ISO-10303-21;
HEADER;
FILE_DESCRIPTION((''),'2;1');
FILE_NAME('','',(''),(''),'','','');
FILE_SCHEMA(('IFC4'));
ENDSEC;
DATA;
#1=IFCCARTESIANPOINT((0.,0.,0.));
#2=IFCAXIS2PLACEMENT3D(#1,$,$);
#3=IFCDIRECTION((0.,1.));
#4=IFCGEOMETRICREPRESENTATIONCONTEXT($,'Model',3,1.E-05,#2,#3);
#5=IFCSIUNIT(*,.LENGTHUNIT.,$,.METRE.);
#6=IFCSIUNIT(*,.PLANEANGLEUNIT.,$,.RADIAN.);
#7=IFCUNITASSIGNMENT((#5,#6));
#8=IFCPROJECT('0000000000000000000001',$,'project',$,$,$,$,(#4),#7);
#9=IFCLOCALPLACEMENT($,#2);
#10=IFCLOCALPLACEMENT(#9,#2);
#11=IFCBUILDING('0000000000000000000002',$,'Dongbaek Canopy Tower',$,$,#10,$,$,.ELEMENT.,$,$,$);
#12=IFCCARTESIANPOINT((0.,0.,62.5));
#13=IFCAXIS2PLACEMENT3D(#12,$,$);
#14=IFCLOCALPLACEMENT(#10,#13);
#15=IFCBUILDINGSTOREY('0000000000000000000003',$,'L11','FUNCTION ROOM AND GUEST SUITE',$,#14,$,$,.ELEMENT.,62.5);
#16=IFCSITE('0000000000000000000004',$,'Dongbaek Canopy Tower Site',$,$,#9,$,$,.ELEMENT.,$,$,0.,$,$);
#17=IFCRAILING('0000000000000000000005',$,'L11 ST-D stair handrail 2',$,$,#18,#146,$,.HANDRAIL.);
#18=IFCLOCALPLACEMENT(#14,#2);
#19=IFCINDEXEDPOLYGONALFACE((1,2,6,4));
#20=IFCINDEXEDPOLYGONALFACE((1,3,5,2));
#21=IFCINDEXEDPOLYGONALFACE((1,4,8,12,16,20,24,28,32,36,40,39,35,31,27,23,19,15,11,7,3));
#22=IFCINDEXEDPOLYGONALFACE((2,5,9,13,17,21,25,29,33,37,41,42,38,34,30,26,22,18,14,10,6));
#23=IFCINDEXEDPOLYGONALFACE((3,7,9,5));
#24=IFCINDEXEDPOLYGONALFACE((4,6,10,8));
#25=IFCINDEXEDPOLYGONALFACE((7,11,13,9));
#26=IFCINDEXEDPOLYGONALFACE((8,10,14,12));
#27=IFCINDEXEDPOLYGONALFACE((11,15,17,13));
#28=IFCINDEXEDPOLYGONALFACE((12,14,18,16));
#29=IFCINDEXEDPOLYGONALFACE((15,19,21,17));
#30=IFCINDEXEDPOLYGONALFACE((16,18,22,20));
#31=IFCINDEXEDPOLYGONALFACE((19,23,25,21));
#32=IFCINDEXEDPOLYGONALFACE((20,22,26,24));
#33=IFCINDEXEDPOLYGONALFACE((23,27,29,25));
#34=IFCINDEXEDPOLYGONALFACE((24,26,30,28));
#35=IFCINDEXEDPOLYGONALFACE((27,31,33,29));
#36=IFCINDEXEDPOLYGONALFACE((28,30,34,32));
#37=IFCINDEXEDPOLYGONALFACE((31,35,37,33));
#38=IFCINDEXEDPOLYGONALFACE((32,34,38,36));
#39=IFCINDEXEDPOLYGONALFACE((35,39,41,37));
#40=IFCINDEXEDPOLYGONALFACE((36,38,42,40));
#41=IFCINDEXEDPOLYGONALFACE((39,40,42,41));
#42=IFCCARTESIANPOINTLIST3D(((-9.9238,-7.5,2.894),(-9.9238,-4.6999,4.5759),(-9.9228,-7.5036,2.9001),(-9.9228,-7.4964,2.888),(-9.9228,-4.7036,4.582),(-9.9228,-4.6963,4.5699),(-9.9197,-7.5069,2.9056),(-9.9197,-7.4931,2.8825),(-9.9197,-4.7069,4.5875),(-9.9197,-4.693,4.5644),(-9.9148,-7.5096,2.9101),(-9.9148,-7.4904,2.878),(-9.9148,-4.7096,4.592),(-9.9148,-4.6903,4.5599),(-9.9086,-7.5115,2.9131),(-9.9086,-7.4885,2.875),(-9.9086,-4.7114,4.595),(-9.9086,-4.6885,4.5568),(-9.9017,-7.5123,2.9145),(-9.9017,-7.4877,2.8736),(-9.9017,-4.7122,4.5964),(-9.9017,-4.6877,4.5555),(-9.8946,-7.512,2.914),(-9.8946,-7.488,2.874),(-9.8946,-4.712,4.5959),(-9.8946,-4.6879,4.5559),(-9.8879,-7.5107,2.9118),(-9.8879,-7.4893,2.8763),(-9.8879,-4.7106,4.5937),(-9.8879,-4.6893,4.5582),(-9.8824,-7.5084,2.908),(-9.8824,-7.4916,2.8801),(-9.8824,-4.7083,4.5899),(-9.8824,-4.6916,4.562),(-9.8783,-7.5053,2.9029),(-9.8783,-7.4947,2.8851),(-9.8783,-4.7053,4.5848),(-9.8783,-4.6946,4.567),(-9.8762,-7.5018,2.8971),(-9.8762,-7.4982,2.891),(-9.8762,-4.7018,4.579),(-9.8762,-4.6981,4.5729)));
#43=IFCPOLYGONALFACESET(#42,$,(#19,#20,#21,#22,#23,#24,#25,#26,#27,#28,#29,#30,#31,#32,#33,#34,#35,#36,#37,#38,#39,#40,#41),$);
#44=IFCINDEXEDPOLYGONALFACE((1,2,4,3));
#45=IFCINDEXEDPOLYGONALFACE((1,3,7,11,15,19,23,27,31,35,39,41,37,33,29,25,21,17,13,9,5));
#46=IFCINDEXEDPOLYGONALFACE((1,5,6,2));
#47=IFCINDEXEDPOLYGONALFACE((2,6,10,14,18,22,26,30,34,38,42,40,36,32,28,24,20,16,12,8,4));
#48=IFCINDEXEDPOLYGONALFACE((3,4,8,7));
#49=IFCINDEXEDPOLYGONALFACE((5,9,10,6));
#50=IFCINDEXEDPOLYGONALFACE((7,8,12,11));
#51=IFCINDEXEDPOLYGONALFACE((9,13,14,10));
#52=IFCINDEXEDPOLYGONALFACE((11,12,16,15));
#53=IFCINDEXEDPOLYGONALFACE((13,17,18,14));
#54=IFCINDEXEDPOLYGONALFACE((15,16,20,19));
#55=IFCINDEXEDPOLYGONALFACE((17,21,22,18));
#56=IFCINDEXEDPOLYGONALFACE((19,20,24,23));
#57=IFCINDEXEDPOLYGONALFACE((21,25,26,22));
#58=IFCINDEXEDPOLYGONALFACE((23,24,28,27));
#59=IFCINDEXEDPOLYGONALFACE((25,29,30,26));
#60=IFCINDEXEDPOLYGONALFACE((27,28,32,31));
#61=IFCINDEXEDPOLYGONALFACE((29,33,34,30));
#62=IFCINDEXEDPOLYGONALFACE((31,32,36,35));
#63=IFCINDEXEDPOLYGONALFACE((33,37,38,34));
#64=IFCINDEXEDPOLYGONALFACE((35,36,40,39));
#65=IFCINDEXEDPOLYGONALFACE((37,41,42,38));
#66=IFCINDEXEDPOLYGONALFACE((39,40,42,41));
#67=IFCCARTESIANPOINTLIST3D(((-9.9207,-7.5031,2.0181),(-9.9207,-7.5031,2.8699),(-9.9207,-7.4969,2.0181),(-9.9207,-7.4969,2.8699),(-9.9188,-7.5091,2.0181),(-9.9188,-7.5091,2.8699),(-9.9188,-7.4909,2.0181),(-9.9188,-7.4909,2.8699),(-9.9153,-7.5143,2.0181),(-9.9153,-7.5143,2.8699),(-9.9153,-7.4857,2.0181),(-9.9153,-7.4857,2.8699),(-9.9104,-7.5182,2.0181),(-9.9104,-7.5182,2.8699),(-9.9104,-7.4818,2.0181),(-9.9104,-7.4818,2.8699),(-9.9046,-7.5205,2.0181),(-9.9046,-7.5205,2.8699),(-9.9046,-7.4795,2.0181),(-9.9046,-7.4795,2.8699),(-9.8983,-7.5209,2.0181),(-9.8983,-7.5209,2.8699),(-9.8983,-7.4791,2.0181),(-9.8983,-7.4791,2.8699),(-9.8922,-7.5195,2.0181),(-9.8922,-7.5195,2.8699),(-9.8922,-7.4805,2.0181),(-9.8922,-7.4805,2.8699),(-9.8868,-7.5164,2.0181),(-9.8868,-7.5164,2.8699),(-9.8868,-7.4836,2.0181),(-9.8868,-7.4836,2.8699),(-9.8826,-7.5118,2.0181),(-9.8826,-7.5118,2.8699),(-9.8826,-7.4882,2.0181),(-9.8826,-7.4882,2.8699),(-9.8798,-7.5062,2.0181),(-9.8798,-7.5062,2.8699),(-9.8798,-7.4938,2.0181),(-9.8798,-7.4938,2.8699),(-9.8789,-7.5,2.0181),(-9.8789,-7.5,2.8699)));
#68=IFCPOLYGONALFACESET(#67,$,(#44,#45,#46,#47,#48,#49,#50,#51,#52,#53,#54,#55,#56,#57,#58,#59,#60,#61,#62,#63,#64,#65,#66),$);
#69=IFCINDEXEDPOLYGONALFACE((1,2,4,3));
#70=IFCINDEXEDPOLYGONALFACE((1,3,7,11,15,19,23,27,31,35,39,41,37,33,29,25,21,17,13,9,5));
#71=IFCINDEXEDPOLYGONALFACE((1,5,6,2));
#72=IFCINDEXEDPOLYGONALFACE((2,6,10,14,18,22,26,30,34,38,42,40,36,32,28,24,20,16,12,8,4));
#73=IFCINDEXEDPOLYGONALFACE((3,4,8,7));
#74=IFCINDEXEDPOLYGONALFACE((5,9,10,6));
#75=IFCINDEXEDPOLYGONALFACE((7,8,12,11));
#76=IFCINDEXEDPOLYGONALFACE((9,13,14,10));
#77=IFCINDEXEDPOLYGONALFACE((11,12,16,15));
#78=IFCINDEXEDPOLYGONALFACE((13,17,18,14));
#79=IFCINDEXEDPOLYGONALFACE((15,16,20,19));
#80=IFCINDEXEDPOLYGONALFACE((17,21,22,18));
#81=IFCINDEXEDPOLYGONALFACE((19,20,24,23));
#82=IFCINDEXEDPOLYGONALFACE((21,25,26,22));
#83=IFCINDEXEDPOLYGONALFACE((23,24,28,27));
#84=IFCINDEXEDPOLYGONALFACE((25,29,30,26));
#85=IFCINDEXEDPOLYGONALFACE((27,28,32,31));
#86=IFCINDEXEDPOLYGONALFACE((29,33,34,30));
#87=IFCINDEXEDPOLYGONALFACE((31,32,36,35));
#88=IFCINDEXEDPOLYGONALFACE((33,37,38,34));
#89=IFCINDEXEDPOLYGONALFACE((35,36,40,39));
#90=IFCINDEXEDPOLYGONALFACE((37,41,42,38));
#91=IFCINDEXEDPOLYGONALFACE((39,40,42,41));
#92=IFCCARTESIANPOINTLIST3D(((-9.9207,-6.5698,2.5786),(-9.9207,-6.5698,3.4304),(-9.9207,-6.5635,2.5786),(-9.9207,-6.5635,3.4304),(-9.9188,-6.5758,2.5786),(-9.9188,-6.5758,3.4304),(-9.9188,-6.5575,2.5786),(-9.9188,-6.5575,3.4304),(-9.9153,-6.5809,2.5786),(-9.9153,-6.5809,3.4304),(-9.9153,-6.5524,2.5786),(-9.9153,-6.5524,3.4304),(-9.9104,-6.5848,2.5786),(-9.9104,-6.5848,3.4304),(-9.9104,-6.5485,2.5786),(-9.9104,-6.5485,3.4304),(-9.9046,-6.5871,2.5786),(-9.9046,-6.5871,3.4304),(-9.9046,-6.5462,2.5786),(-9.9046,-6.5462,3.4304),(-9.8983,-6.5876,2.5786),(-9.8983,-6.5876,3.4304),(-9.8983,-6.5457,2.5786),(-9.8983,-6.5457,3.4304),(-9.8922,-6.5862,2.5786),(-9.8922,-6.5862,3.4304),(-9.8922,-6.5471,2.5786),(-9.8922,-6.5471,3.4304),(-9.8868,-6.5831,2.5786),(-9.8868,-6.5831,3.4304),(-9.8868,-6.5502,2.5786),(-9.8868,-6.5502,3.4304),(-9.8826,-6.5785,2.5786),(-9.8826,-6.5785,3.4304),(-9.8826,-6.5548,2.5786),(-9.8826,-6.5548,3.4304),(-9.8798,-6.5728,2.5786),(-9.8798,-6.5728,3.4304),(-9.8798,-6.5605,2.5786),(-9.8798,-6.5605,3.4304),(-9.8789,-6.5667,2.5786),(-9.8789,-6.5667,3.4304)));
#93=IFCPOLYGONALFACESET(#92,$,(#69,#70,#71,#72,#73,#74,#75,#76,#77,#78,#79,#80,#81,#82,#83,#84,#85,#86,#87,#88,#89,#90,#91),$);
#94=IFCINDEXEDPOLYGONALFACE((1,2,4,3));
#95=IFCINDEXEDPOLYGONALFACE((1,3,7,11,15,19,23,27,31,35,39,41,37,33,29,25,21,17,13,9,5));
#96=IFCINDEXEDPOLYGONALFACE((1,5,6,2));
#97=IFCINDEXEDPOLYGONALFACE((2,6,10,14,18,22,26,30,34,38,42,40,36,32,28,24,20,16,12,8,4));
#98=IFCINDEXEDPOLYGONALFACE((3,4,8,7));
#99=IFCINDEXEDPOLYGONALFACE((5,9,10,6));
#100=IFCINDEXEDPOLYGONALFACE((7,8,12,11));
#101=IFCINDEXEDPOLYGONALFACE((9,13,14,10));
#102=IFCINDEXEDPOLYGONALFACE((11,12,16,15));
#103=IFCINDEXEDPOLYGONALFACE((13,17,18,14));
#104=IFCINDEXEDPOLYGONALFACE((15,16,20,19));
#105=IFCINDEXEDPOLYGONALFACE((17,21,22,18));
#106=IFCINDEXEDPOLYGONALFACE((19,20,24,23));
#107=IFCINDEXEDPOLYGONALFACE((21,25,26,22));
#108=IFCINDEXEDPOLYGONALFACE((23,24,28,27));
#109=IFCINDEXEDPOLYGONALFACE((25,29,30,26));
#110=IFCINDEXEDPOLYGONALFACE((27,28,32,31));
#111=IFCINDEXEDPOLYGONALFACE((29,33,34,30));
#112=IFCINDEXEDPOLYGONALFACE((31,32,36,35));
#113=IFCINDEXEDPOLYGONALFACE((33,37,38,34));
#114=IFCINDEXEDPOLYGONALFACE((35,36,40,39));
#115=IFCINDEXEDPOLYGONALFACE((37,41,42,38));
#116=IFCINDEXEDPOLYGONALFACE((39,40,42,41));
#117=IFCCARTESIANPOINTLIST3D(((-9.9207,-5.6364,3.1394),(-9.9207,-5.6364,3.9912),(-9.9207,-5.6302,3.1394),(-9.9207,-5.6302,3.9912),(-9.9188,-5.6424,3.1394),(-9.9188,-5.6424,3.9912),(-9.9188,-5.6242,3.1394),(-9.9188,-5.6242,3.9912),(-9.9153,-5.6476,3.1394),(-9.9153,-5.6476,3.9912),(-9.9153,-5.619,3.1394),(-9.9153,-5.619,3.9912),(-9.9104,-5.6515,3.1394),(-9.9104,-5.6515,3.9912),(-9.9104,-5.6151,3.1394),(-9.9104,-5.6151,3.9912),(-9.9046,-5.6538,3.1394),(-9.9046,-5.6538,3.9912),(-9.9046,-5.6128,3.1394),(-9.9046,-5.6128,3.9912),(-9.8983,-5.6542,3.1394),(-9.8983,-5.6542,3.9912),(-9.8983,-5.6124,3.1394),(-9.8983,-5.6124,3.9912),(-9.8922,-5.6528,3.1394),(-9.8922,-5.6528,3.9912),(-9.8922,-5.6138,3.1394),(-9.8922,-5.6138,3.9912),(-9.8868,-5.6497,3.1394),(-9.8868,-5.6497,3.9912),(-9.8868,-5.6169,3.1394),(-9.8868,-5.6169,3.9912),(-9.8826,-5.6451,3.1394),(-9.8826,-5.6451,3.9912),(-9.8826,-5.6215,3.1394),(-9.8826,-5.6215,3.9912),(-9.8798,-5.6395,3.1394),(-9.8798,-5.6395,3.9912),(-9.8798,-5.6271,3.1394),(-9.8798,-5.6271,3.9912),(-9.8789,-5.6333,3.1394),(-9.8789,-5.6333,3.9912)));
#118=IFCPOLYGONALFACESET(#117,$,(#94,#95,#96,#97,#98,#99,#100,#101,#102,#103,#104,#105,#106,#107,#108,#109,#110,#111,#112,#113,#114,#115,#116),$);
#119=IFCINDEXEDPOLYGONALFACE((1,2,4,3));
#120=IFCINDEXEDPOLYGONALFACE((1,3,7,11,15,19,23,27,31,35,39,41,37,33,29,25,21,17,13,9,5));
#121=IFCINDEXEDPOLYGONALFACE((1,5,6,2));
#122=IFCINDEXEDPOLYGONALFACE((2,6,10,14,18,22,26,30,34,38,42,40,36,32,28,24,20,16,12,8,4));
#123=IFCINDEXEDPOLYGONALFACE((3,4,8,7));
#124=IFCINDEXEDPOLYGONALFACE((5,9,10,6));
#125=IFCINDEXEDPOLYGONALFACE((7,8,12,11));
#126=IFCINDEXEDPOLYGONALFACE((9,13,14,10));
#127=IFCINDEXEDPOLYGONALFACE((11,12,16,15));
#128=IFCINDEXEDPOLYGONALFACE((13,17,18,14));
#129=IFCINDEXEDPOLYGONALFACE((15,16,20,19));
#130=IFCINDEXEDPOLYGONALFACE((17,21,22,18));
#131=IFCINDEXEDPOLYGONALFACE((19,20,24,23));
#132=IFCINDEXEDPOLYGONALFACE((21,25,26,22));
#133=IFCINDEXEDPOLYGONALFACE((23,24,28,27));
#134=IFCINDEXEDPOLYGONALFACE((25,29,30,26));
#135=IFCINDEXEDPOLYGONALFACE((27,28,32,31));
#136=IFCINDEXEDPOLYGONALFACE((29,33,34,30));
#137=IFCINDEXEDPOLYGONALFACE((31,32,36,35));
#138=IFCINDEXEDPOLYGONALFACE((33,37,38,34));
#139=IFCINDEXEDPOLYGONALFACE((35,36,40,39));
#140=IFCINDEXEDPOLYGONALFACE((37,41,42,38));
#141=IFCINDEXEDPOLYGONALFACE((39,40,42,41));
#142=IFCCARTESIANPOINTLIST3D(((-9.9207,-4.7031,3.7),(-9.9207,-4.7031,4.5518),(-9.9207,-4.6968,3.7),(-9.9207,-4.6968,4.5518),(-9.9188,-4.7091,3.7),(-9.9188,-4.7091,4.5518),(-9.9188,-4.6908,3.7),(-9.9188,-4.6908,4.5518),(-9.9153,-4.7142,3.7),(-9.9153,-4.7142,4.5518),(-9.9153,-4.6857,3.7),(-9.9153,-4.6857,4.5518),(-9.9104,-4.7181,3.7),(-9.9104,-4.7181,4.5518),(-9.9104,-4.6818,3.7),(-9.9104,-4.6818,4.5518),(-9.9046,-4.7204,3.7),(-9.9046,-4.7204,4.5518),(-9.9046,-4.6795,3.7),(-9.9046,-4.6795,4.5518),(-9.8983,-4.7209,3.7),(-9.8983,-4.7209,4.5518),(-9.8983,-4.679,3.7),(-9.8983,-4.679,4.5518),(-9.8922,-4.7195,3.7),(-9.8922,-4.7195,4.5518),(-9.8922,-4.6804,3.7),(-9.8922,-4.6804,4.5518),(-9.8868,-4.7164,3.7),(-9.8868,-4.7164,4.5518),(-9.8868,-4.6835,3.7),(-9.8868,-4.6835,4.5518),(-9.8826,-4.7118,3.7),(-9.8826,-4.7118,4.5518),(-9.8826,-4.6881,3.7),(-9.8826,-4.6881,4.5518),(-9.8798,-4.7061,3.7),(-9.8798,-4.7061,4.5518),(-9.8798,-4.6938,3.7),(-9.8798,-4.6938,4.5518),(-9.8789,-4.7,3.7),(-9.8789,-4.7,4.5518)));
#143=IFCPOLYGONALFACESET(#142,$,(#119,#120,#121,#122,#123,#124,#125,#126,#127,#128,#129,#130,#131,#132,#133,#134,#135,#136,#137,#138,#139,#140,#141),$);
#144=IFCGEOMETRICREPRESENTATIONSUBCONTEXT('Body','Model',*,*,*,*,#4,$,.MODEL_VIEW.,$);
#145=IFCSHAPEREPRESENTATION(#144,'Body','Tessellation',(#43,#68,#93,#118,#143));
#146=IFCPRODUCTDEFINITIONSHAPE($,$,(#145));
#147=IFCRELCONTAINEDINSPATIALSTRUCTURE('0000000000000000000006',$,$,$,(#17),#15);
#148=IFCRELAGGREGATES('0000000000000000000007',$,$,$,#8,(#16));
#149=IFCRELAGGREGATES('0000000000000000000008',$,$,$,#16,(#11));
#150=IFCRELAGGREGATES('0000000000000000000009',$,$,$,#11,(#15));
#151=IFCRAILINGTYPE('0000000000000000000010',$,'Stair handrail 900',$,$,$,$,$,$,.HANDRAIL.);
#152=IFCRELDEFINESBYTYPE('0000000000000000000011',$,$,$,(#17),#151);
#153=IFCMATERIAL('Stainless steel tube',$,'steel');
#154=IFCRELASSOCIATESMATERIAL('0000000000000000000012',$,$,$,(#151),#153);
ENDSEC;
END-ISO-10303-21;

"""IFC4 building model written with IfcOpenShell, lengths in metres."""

from ifc_helpers import new_model, si_unit, direction, frame, origin, origin_2d, place, context, subcontext, project, spatial, circle, extrude, material, type_object, element, save


model = new_model("IFC4")

# Units and contexts
model_context = context("Model", 3, precision=1e-05, world=origin(), true_north=direction((0.0, 1.0)))
body_context = subcontext(model_context, "Body", "Model", "MODEL_VIEW")
ifc_project = project(units=[si_unit("LENGTHUNIT", "METRE"), si_unit("PLANEANGLEUNIT", "RADIAN")], contexts=[model_context])

# Site, building, storey
site_placement = place(None, origin())
site = spatial("IfcSite", under=ifc_project, at=site_placement, Name="Dongbaek Canopy Tower Site", CompositionType="ELEMENT", RefElevation=0.0)
building_placement = place(site_placement, origin())
building = spatial("IfcBuilding", under=site, at=building_placement, Name="Dongbaek Canopy Tower", CompositionType="ELEMENT")
storey_placement = place(building_placement, frame((0.0, 0.0, 62.5)))
storey = spatial("IfcBuildingStorey", under=building, at=storey_placement, Name="L11", Description="FUNCTION ROOM AND GUEST SUITE", CompositionType="ELEMENT", Elevation=62.5)

# Railing
ifc_material_1 = material(Name="Stainless steel tube", Category="steel")
railing_type_1 = type_object("IfcRailingType", Name="Stair handrail 900", PredefinedType="HANDRAIL", material=ifc_material_1)
railing_1_placement = place(storey_placement, frame((-9.8999, -7.5, 2.0181)))
element("IfcRailing", 1, at=railing_1_placement, inside=storey, type_object=railing_type_1, Name="L11 ST-D stair handrail 2", PredefinedType="HANDRAIL", context=body_context, shape_type="SweptSolid", body=[
    extrude(circle(Radius=0.0239, at=origin_2d()), frame((0.0, 0.0, 0.876), z_axis=(0.0, 0.857242, 0.514913), x_axis=(-1.0, 0.0, 0.0)), (0.0, 0.0, 1.0), 3.2664),
    extrude(circle(Radius=0.021, at=origin_2d()), origin(), (0.0, 0.0, 1.0), 0.8518),
    extrude(circle(Radius=0.021, at=origin_2d()), frame((0.0, 0.9333, 0.5605)), (0.0, 0.0, 1.0), 0.8518),
    extrude(circle(Radius=0.021, at=origin_2d()), frame((0.0, 1.8667, 1.1213)), (0.0, 0.0, 1.0), 0.8518),
    extrude(circle(Radius=0.021, at=origin_2d()), frame((0.0, 2.8, 1.6819)), (0.0, 0.0, 1.0), 0.8518),
])

save(model, "model.ifc")
